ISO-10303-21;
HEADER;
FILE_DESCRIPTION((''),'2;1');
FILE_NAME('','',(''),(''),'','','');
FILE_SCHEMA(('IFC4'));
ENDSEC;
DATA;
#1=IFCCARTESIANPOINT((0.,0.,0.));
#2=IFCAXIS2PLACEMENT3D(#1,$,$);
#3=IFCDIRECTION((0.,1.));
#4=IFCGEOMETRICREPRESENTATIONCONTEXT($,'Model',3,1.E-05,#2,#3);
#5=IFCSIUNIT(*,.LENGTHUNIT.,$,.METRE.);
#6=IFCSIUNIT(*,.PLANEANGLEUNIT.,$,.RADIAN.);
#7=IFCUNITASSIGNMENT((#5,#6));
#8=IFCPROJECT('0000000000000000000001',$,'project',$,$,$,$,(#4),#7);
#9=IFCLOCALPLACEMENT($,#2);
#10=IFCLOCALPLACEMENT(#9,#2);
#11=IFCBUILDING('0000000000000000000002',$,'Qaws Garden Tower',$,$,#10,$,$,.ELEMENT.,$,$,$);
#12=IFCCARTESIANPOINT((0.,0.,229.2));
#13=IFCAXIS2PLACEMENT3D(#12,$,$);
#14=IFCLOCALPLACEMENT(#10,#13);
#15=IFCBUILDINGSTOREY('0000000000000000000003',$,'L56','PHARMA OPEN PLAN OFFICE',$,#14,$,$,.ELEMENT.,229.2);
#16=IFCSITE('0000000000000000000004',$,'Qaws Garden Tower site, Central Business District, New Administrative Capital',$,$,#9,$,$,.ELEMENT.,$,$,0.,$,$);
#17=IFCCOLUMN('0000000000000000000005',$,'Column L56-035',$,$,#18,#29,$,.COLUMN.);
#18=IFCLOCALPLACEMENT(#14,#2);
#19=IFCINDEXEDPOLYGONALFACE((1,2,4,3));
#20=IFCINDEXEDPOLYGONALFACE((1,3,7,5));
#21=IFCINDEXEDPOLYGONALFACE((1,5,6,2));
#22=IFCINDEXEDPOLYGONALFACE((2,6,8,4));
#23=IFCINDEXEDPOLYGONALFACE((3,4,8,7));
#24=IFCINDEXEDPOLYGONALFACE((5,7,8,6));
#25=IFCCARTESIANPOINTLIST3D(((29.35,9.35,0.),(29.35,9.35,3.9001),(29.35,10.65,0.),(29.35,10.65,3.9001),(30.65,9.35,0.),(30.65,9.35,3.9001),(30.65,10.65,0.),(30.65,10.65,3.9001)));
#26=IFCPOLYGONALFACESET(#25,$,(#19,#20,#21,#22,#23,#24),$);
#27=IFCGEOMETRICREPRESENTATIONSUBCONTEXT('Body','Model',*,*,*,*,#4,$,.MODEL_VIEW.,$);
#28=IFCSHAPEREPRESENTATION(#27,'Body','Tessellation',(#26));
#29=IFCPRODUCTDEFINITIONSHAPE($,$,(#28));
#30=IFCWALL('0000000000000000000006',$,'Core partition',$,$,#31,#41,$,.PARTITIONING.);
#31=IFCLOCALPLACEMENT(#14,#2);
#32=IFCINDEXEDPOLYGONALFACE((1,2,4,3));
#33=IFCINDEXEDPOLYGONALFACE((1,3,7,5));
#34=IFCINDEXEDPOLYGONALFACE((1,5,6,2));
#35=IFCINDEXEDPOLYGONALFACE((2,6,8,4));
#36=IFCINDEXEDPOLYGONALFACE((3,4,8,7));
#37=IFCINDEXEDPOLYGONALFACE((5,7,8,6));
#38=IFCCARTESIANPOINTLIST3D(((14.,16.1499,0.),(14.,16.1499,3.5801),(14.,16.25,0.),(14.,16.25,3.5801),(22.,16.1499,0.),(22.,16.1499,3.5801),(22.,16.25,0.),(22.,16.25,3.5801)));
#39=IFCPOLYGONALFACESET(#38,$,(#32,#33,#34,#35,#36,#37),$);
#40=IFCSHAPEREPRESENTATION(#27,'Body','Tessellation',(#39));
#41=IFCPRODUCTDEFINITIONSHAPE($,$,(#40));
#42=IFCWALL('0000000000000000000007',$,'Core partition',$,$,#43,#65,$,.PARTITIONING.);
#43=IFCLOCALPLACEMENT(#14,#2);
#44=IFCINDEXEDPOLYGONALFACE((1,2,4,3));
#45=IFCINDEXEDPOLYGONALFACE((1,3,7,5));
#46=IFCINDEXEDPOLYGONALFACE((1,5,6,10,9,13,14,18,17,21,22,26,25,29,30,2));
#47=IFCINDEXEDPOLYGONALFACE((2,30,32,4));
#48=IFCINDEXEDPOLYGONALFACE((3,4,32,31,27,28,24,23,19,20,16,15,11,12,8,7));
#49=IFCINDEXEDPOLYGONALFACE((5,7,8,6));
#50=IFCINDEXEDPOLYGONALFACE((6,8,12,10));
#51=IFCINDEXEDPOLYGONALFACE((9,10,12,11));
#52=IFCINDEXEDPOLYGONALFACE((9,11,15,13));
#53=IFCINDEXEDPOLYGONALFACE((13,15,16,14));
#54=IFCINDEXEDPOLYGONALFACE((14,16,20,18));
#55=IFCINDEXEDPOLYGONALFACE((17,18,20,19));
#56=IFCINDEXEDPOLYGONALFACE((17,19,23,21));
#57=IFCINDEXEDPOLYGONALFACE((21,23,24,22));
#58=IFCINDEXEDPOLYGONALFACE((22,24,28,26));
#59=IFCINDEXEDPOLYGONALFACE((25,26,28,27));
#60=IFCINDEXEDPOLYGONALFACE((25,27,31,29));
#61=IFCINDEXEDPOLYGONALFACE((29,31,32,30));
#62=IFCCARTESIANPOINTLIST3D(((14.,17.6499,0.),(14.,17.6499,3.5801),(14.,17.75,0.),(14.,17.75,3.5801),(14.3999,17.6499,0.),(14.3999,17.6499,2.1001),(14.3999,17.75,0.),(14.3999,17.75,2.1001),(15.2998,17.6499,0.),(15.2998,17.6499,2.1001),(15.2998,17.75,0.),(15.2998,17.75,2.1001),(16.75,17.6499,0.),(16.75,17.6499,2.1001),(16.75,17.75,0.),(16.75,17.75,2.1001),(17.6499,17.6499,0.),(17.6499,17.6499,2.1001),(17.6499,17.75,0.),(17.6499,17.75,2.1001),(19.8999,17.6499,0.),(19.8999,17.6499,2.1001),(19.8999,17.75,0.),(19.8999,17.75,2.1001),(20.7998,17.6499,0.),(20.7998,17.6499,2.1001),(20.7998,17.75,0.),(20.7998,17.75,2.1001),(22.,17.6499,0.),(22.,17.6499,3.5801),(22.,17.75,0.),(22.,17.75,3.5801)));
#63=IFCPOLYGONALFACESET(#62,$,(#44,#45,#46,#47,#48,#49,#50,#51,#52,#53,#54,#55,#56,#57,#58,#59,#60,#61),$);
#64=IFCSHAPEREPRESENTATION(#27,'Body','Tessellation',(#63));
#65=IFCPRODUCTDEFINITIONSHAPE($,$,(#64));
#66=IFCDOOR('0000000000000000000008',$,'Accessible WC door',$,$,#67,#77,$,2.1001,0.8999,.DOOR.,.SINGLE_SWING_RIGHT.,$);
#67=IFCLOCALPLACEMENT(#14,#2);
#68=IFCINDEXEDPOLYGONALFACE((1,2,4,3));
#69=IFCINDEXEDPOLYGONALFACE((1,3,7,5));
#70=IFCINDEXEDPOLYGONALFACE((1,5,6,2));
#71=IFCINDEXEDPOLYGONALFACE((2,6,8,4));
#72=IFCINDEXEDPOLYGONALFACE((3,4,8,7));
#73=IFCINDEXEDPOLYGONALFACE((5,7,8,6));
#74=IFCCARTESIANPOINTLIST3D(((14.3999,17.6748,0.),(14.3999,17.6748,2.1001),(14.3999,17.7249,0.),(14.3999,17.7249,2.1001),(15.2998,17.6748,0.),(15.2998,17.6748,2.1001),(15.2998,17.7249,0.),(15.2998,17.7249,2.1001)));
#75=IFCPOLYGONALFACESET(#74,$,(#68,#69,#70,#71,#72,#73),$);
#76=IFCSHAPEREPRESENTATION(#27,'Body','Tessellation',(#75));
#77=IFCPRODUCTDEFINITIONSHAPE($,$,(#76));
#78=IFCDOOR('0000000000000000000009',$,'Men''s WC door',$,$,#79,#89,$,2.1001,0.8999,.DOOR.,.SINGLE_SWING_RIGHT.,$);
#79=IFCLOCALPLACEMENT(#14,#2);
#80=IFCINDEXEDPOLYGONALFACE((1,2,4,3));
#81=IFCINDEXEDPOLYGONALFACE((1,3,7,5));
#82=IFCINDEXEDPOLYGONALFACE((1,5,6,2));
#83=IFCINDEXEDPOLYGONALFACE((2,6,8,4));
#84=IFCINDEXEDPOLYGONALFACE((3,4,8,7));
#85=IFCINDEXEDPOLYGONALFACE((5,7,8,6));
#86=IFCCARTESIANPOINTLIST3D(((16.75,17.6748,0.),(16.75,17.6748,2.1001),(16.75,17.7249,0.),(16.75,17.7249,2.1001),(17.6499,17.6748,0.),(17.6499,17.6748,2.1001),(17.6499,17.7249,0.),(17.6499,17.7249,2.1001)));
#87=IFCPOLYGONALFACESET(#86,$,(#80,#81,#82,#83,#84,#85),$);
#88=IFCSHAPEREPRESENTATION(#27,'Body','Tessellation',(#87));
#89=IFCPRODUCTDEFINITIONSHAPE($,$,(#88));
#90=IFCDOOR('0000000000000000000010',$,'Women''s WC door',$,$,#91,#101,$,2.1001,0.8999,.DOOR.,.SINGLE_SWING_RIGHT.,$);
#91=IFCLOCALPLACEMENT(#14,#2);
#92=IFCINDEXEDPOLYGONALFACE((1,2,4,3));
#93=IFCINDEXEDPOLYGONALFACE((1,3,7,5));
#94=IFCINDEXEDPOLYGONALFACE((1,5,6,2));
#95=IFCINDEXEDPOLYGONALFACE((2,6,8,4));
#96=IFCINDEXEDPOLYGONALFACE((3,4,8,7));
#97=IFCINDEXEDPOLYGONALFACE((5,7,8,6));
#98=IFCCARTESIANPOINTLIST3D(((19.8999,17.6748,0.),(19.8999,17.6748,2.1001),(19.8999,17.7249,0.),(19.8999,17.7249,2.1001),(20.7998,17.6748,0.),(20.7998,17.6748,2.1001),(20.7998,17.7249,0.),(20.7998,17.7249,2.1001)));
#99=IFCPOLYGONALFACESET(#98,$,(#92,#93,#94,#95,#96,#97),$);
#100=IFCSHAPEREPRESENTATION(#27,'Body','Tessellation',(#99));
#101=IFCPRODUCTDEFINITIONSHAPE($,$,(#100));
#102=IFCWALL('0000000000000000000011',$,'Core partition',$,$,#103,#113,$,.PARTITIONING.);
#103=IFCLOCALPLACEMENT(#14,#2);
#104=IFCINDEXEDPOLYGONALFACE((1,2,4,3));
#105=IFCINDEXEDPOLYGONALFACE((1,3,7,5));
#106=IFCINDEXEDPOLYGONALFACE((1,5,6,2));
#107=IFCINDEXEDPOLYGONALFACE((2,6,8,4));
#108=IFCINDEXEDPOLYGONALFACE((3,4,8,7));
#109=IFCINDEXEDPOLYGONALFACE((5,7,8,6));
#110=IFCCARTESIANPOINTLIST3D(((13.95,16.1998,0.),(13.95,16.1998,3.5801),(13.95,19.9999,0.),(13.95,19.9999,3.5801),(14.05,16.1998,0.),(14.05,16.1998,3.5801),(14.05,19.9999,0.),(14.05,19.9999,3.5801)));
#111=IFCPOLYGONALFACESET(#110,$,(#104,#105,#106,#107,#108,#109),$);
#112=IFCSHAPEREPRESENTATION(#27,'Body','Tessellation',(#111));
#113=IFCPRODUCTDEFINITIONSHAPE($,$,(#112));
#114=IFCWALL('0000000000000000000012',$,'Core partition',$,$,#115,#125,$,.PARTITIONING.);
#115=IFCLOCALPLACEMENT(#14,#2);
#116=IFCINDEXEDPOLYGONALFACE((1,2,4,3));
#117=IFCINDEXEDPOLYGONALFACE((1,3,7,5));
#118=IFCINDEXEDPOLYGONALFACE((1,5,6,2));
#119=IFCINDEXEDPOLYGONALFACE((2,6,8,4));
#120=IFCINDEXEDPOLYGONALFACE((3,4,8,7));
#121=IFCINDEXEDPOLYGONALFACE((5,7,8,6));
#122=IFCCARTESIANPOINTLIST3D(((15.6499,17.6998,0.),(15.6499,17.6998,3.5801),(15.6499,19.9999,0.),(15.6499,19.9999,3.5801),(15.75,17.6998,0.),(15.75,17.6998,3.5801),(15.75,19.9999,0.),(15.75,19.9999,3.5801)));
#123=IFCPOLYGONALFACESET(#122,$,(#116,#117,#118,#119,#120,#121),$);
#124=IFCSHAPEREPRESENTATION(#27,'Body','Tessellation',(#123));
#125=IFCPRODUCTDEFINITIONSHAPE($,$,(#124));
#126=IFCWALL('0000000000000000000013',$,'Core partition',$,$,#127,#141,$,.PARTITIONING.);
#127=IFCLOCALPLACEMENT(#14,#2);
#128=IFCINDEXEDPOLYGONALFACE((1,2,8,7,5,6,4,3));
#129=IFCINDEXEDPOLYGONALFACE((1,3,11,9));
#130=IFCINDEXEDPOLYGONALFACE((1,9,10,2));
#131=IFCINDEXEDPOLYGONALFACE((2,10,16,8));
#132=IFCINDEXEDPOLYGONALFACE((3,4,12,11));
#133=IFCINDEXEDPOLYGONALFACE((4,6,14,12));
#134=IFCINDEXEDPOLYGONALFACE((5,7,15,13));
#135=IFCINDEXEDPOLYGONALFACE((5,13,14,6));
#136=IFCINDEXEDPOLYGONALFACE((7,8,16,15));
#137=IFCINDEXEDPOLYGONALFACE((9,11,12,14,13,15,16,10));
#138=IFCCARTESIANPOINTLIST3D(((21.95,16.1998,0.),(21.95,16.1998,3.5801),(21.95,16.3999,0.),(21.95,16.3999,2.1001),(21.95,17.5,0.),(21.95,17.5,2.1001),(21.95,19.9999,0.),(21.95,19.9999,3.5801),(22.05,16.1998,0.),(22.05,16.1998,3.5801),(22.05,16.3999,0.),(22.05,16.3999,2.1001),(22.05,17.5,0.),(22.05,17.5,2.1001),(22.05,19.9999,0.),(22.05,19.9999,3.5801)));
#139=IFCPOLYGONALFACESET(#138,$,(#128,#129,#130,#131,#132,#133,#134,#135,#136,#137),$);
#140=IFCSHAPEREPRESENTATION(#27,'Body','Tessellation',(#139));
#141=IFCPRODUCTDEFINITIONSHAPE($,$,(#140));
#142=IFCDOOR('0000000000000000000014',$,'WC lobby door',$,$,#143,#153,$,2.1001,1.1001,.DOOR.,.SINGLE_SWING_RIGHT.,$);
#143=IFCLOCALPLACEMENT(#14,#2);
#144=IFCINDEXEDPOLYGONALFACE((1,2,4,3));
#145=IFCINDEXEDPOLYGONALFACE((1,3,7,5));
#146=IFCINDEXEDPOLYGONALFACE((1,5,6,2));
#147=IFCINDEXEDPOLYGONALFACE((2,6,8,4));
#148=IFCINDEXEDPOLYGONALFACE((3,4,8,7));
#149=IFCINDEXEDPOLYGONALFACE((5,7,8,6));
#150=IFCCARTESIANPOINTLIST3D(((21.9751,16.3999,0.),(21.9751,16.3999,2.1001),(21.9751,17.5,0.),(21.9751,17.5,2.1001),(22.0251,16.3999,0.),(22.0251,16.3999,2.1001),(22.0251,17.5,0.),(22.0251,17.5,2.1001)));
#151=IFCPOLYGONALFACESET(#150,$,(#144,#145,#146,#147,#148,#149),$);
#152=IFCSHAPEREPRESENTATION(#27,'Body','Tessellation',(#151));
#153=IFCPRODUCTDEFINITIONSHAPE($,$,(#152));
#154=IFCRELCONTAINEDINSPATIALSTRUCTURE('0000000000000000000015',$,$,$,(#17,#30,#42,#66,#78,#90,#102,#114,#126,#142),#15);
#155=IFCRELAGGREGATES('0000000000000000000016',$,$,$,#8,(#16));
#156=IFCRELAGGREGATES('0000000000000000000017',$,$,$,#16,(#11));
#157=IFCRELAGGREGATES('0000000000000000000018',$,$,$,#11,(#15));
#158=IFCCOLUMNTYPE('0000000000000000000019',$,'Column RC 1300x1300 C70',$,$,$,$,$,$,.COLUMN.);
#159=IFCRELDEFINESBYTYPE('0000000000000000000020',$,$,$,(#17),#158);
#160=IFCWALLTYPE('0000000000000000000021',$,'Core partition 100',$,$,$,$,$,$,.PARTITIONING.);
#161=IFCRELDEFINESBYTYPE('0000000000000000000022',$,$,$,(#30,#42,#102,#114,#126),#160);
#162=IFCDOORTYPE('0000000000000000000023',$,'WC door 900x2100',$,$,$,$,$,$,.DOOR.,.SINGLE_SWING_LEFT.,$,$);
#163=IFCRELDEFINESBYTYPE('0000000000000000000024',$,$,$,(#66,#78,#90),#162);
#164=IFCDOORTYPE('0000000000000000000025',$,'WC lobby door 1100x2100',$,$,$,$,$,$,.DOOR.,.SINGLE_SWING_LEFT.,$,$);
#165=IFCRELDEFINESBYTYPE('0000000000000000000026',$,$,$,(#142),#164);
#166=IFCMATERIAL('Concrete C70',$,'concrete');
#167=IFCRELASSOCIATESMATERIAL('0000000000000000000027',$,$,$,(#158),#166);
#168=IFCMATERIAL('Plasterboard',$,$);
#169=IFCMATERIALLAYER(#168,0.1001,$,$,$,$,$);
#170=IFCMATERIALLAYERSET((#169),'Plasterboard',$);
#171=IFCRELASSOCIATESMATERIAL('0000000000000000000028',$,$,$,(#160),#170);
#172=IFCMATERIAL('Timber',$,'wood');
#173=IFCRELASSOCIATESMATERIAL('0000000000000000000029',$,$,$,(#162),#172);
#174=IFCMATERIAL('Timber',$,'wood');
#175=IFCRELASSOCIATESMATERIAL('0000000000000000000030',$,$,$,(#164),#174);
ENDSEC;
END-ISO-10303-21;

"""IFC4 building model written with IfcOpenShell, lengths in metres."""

from ifc_helpers import new_model, si_unit, direction, frame, frame_2d, origin, origin_2d, place, context, subcontext, project, spatial, rectangle, extrude, material, layer, layer_set, material_profile, profile_set, type_object, element, fill, save


model = new_model("IFC4")

# Units and contexts
model_context = context("Model", 3, precision=1e-05, world=origin(), true_north=direction((0.0, 1.0)))
body_context = subcontext(model_context, "Body", "Model", "MODEL_VIEW")
ifc_project = project(units=[si_unit("LENGTHUNIT", "METRE"), si_unit("PLANEANGLEUNIT", "RADIAN")], contexts=[model_context])

# Site, building, storey
site_placement = place(None, origin())
site = spatial("IfcSite", under=ifc_project, at=site_placement, Name="Qaws Garden Tower site, Central Business District, New Administrative Capital", CompositionType="ELEMENT", RefElevation=0.0)
building_placement = place(site_placement, origin())
building = spatial("IfcBuilding", under=site, at=building_placement, Name="Qaws Garden Tower", CompositionType="ELEMENT")
storey_placement = place(building_placement, frame((0.0, 0.0, 229.2)))
storey = spatial("IfcBuildingStorey", under=building, at=storey_placement, Name="L56", Description="PHARMA OPEN PLAN OFFICE", CompositionType="ELEMENT", Elevation=229.2)

# Column
ifc_material_1 = material(Name="Concrete C70", Category="concrete")
ifc_material_profile = material_profile(ifc_material_1, rectangle(XDim=1.3, YDim=1.3, at=origin_2d()), Name="RC 1300x1300")
ifc_profile_set = profile_set([ifc_material_profile], Name="Concrete C70")
column_type = type_object("IfcColumnType", Name="Column RC 1300x1300 C70", PredefinedType="COLUMN", material=ifc_profile_set)
column_placement = place(storey_placement, frame((30.0, 10.0, 0.0), z_axis=(0.0, 0.0, 1.0), x_axis=(1.0, 0.0, 0.0)))
element("IfcColumn", 1, at=column_placement, inside=storey, type_object=column_type, Name="Column L56-035", PredefinedType="COLUMN", context=body_context, shape_type="SweptSolid", body=[
    extrude(rectangle(XDim=1.3, YDim=1.3, at=origin_2d()), origin(), (0.0, 0.0, 1.0), 3.9001),
])

# Wall
ifc_material_2 = material(Name="Plasterboard")
ifc_layer_1 = layer(ifc_material_2, 0.1001)
ifc_layer_set_1 = layer_set([ifc_layer_1], Name="Plasterboard")
wall_type_1 = type_object("IfcWallType", Name="Core partition 100", PredefinedType="PARTITIONING", material=ifc_layer_set_1)
wall_1_placement = place(storey_placement, frame((14.0, 16.2, 0.0), z_axis=(0.0, 0.0, 1.0), x_axis=(1.0, 0.0, 0.0)))
element("IfcWall", 2, at=wall_1_placement, inside=storey, type_object=wall_type_1, Name="Core partition", PredefinedType="PARTITIONING", context=body_context, shape_type="SweptSolid", body=[
    extrude(rectangle(XDim=8.0, YDim=0.1001, at=frame_2d((4.0, 0.0))), origin(), (0.0, 0.0, 1.0), 3.5801),
])

# Wall, openings, doors
wall_2_placement = place(storey_placement, frame((14.0, 17.7, 0.0), z_axis=(0.0, 0.0, 1.0), x_axis=(1.0, 0.0, 0.0)))
wall_2 = element("IfcWall", 3, at=wall_2_placement, inside=storey, type_object=wall_type_1, Name="Core partition", PredefinedType="PARTITIONING", context=body_context, shape_type="SweptSolid", body=[
    extrude(rectangle(XDim=8.0, YDim=0.1001, at=frame_2d((4.0, 0.0))), origin(), (0.0, 0.0, 1.0), 3.5801),
])
opening_1_placement = place(wall_2_placement, frame((0.3999, 0.0, 0.0)))
opening_1 = element("IfcOpeningElement", 4, at=opening_1_placement, cuts=wall_2, PredefinedType="OPENING", context=body_context, shape_type="SweptSolid", body=[
    extrude(rectangle(XDim=0.8999, YDim=2.1001, at=frame_2d((0.45, 1.05))), frame((0.0, 0.0601, 0.0), z_axis=(0.0, -1.0, 0.0), x_axis=(1.0, 0.0, 0.0)), (0.0, 0.0, 1.0), 0.1201),
])
opening_2_placement = place(wall_2_placement, frame((2.75, 0.0, 0.0)))
opening_2 = element("IfcOpeningElement", 5, at=opening_2_placement, cuts=wall_2, PredefinedType="OPENING", context=body_context, shape_type="SweptSolid", body=[
    extrude(rectangle(XDim=0.8999, YDim=2.1001, at=frame_2d((0.45, 1.05))), frame((0.0, 0.0601, 0.0), z_axis=(0.0, -1.0, 0.0), x_axis=(1.0, 0.0, 0.0)), (0.0, 0.0, 1.0), 0.1201),
])
opening_3_placement = place(wall_2_placement, frame((5.8999, 0.0, 0.0)))
opening_3 = element("IfcOpeningElement", 6, at=opening_3_placement, cuts=wall_2, PredefinedType="OPENING", context=body_context, shape_type="SweptSolid", body=[
    extrude(rectangle(XDim=0.8999, YDim=2.1001, at=frame_2d((0.45, 1.05))), frame((0.0, 0.0601, 0.0), z_axis=(0.0, -1.0, 0.0), x_axis=(1.0, 0.0, 0.0)), (0.0, 0.0, 1.0), 0.1201),
])
ifc_material_3 = material(Name="Timber", Category="wood")
door_type_1 = type_object("IfcDoorType", Name="WC door 900x2100", OperationType="SINGLE_SWING_LEFT", PredefinedType="DOOR", material=ifc_material_3)
door_1_placement = place(opening_1_placement, origin())
door_1 = element("IfcDoor", 7, at=door_1_placement, inside=storey, type_object=door_type_1, Name="Accessible WC door", OperationType="SINGLE_SWING_RIGHT", OverallHeight=2.1001, OverallWidth=0.8999, PredefinedType="DOOR", context=body_context, shape_type="SweptSolid", body=[
    extrude(rectangle(XDim=0.8999, YDim=2.1001, at=frame_2d((0.45, 1.05))), frame((0.0, 0.0249, 0.0), z_axis=(0.0, -1.0, 0.0), x_axis=(1.0, 0.0, 0.0)), (0.0, 0.0, 1.0), 0.05),
])
fill(opening_1, door_1)
door_2_placement = place(opening_2_placement, origin())
door_2 = element("IfcDoor", 8, at=door_2_placement, inside=storey, type_object=door_type_1, Name="Men's WC door", OperationType="SINGLE_SWING_RIGHT", OverallHeight=2.1001, OverallWidth=0.8999, PredefinedType="DOOR", context=body_context, shape_type="SweptSolid", body=[
    extrude(rectangle(XDim=0.8999, YDim=2.1001, at=frame_2d((0.45, 1.05))), frame((0.0, 0.0249, 0.0), z_axis=(0.0, -1.0, 0.0), x_axis=(1.0, 0.0, 0.0)), (0.0, 0.0, 1.0), 0.05),
])
fill(opening_2, door_2)
door_3_placement = place(opening_3_placement, origin())
door_3 = element("IfcDoor", 9, at=door_3_placement, inside=storey, type_object=door_type_1, Name="Women's WC door", OperationType="SINGLE_SWING_RIGHT", OverallHeight=2.1001, OverallWidth=0.8999, PredefinedType="DOOR", context=body_context, shape_type="SweptSolid", body=[
    extrude(rectangle(XDim=0.8999, YDim=2.1001, at=frame_2d((0.45, 1.05))), frame((0.0, 0.0249, 0.0), z_axis=(0.0, -1.0, 0.0), x_axis=(1.0, 0.0, 0.0)), (0.0, 0.0, 1.0), 0.05),
])
fill(opening_3, door_3)

# Walls
wall_3_placement = place(storey_placement, frame((14.0, 16.2, 0.0), z_axis=(0.0, 0.0, 1.0), x_axis=(0.0, 1.0, 0.0)))
element("IfcWall", 10, at=wall_3_placement, inside=storey, type_object=wall_type_1, Name="Core partition", PredefinedType="PARTITIONING", context=body_context, shape_type="SweptSolid", body=[
    extrude(rectangle(XDim=3.8, YDim=0.1001, at=frame_2d((1.8999, 0.0))), origin(), (0.0, 0.0, 1.0), 3.5801),
])
wall_4_placement = place(storey_placement, frame((15.7, 17.7, 0.0), z_axis=(0.0, 0.0, 1.0), x_axis=(0.0, 1.0, 0.0)))
element("IfcWall", 11, at=wall_4_placement, inside=storey, type_object=wall_type_1, Name="Core partition", PredefinedType="PARTITIONING", context=body_context, shape_type="SweptSolid", body=[
    extrude(rectangle(XDim=2.3, YDim=0.1001, at=frame_2d((1.1499, 0.0))), origin(), (0.0, 0.0, 1.0), 3.5801),
])

# Wall, opening, door
wall_5_placement = place(storey_placement, frame((22.0, 16.2, 0.0), z_axis=(0.0, 0.0, 1.0), x_axis=(0.0, 1.0, 0.0)))
wall_5 = element("IfcWall", 12, at=wall_5_placement, inside=storey, type_object=wall_type_1, Name="Core partition", PredefinedType="PARTITIONING", context=body_context, shape_type="SweptSolid", body=[
    extrude(rectangle(XDim=3.8, YDim=0.1001, at=frame_2d((1.8999, 0.0))), origin(), (0.0, 0.0, 1.0), 3.5801),
])
opening_4_placement = place(wall_5_placement, frame((0.2, 0.0, 0.0)))
opening_4 = element("IfcOpeningElement", 13, at=opening_4_placement, cuts=wall_5, PredefinedType="OPENING", context=body_context, shape_type="SweptSolid", body=[
    extrude(rectangle(XDim=1.1001, YDim=2.1001, at=frame_2d((0.55, 1.05))), frame((0.0, 0.0601, 0.0), z_axis=(0.0, -1.0, 0.0), x_axis=(1.0, 0.0, 0.0)), (0.0, 0.0, 1.0), 0.1201),
])
ifc_material_4 = material(Name="Timber", Category="wood")
door_type_2 = type_object("IfcDoorType", Name="WC lobby door 1100x2100", OperationType="SINGLE_SWING_LEFT", PredefinedType="DOOR", material=ifc_material_4)
door_4_placement = place(opening_4_placement, origin())
door_4 = element("IfcDoor", 14, at=door_4_placement, inside=storey, type_object=door_type_2, Name="WC lobby door", OperationType="SINGLE_SWING_RIGHT", OverallHeight=2.1001, OverallWidth=1.1001, PredefinedType="DOOR", context=body_context, shape_type="SweptSolid", body=[
    extrude(rectangle(XDim=1.1001, YDim=2.1001, at=frame_2d((0.55, 1.05))), frame((0.0, 0.0249, 0.0), z_axis=(0.0, -1.0, 0.0), x_axis=(1.0, 0.0, 0.0)), (0.0, 0.0, 1.0), 0.05),
])
fill(opening_4, door_4)

save(model, "model.ifc")
